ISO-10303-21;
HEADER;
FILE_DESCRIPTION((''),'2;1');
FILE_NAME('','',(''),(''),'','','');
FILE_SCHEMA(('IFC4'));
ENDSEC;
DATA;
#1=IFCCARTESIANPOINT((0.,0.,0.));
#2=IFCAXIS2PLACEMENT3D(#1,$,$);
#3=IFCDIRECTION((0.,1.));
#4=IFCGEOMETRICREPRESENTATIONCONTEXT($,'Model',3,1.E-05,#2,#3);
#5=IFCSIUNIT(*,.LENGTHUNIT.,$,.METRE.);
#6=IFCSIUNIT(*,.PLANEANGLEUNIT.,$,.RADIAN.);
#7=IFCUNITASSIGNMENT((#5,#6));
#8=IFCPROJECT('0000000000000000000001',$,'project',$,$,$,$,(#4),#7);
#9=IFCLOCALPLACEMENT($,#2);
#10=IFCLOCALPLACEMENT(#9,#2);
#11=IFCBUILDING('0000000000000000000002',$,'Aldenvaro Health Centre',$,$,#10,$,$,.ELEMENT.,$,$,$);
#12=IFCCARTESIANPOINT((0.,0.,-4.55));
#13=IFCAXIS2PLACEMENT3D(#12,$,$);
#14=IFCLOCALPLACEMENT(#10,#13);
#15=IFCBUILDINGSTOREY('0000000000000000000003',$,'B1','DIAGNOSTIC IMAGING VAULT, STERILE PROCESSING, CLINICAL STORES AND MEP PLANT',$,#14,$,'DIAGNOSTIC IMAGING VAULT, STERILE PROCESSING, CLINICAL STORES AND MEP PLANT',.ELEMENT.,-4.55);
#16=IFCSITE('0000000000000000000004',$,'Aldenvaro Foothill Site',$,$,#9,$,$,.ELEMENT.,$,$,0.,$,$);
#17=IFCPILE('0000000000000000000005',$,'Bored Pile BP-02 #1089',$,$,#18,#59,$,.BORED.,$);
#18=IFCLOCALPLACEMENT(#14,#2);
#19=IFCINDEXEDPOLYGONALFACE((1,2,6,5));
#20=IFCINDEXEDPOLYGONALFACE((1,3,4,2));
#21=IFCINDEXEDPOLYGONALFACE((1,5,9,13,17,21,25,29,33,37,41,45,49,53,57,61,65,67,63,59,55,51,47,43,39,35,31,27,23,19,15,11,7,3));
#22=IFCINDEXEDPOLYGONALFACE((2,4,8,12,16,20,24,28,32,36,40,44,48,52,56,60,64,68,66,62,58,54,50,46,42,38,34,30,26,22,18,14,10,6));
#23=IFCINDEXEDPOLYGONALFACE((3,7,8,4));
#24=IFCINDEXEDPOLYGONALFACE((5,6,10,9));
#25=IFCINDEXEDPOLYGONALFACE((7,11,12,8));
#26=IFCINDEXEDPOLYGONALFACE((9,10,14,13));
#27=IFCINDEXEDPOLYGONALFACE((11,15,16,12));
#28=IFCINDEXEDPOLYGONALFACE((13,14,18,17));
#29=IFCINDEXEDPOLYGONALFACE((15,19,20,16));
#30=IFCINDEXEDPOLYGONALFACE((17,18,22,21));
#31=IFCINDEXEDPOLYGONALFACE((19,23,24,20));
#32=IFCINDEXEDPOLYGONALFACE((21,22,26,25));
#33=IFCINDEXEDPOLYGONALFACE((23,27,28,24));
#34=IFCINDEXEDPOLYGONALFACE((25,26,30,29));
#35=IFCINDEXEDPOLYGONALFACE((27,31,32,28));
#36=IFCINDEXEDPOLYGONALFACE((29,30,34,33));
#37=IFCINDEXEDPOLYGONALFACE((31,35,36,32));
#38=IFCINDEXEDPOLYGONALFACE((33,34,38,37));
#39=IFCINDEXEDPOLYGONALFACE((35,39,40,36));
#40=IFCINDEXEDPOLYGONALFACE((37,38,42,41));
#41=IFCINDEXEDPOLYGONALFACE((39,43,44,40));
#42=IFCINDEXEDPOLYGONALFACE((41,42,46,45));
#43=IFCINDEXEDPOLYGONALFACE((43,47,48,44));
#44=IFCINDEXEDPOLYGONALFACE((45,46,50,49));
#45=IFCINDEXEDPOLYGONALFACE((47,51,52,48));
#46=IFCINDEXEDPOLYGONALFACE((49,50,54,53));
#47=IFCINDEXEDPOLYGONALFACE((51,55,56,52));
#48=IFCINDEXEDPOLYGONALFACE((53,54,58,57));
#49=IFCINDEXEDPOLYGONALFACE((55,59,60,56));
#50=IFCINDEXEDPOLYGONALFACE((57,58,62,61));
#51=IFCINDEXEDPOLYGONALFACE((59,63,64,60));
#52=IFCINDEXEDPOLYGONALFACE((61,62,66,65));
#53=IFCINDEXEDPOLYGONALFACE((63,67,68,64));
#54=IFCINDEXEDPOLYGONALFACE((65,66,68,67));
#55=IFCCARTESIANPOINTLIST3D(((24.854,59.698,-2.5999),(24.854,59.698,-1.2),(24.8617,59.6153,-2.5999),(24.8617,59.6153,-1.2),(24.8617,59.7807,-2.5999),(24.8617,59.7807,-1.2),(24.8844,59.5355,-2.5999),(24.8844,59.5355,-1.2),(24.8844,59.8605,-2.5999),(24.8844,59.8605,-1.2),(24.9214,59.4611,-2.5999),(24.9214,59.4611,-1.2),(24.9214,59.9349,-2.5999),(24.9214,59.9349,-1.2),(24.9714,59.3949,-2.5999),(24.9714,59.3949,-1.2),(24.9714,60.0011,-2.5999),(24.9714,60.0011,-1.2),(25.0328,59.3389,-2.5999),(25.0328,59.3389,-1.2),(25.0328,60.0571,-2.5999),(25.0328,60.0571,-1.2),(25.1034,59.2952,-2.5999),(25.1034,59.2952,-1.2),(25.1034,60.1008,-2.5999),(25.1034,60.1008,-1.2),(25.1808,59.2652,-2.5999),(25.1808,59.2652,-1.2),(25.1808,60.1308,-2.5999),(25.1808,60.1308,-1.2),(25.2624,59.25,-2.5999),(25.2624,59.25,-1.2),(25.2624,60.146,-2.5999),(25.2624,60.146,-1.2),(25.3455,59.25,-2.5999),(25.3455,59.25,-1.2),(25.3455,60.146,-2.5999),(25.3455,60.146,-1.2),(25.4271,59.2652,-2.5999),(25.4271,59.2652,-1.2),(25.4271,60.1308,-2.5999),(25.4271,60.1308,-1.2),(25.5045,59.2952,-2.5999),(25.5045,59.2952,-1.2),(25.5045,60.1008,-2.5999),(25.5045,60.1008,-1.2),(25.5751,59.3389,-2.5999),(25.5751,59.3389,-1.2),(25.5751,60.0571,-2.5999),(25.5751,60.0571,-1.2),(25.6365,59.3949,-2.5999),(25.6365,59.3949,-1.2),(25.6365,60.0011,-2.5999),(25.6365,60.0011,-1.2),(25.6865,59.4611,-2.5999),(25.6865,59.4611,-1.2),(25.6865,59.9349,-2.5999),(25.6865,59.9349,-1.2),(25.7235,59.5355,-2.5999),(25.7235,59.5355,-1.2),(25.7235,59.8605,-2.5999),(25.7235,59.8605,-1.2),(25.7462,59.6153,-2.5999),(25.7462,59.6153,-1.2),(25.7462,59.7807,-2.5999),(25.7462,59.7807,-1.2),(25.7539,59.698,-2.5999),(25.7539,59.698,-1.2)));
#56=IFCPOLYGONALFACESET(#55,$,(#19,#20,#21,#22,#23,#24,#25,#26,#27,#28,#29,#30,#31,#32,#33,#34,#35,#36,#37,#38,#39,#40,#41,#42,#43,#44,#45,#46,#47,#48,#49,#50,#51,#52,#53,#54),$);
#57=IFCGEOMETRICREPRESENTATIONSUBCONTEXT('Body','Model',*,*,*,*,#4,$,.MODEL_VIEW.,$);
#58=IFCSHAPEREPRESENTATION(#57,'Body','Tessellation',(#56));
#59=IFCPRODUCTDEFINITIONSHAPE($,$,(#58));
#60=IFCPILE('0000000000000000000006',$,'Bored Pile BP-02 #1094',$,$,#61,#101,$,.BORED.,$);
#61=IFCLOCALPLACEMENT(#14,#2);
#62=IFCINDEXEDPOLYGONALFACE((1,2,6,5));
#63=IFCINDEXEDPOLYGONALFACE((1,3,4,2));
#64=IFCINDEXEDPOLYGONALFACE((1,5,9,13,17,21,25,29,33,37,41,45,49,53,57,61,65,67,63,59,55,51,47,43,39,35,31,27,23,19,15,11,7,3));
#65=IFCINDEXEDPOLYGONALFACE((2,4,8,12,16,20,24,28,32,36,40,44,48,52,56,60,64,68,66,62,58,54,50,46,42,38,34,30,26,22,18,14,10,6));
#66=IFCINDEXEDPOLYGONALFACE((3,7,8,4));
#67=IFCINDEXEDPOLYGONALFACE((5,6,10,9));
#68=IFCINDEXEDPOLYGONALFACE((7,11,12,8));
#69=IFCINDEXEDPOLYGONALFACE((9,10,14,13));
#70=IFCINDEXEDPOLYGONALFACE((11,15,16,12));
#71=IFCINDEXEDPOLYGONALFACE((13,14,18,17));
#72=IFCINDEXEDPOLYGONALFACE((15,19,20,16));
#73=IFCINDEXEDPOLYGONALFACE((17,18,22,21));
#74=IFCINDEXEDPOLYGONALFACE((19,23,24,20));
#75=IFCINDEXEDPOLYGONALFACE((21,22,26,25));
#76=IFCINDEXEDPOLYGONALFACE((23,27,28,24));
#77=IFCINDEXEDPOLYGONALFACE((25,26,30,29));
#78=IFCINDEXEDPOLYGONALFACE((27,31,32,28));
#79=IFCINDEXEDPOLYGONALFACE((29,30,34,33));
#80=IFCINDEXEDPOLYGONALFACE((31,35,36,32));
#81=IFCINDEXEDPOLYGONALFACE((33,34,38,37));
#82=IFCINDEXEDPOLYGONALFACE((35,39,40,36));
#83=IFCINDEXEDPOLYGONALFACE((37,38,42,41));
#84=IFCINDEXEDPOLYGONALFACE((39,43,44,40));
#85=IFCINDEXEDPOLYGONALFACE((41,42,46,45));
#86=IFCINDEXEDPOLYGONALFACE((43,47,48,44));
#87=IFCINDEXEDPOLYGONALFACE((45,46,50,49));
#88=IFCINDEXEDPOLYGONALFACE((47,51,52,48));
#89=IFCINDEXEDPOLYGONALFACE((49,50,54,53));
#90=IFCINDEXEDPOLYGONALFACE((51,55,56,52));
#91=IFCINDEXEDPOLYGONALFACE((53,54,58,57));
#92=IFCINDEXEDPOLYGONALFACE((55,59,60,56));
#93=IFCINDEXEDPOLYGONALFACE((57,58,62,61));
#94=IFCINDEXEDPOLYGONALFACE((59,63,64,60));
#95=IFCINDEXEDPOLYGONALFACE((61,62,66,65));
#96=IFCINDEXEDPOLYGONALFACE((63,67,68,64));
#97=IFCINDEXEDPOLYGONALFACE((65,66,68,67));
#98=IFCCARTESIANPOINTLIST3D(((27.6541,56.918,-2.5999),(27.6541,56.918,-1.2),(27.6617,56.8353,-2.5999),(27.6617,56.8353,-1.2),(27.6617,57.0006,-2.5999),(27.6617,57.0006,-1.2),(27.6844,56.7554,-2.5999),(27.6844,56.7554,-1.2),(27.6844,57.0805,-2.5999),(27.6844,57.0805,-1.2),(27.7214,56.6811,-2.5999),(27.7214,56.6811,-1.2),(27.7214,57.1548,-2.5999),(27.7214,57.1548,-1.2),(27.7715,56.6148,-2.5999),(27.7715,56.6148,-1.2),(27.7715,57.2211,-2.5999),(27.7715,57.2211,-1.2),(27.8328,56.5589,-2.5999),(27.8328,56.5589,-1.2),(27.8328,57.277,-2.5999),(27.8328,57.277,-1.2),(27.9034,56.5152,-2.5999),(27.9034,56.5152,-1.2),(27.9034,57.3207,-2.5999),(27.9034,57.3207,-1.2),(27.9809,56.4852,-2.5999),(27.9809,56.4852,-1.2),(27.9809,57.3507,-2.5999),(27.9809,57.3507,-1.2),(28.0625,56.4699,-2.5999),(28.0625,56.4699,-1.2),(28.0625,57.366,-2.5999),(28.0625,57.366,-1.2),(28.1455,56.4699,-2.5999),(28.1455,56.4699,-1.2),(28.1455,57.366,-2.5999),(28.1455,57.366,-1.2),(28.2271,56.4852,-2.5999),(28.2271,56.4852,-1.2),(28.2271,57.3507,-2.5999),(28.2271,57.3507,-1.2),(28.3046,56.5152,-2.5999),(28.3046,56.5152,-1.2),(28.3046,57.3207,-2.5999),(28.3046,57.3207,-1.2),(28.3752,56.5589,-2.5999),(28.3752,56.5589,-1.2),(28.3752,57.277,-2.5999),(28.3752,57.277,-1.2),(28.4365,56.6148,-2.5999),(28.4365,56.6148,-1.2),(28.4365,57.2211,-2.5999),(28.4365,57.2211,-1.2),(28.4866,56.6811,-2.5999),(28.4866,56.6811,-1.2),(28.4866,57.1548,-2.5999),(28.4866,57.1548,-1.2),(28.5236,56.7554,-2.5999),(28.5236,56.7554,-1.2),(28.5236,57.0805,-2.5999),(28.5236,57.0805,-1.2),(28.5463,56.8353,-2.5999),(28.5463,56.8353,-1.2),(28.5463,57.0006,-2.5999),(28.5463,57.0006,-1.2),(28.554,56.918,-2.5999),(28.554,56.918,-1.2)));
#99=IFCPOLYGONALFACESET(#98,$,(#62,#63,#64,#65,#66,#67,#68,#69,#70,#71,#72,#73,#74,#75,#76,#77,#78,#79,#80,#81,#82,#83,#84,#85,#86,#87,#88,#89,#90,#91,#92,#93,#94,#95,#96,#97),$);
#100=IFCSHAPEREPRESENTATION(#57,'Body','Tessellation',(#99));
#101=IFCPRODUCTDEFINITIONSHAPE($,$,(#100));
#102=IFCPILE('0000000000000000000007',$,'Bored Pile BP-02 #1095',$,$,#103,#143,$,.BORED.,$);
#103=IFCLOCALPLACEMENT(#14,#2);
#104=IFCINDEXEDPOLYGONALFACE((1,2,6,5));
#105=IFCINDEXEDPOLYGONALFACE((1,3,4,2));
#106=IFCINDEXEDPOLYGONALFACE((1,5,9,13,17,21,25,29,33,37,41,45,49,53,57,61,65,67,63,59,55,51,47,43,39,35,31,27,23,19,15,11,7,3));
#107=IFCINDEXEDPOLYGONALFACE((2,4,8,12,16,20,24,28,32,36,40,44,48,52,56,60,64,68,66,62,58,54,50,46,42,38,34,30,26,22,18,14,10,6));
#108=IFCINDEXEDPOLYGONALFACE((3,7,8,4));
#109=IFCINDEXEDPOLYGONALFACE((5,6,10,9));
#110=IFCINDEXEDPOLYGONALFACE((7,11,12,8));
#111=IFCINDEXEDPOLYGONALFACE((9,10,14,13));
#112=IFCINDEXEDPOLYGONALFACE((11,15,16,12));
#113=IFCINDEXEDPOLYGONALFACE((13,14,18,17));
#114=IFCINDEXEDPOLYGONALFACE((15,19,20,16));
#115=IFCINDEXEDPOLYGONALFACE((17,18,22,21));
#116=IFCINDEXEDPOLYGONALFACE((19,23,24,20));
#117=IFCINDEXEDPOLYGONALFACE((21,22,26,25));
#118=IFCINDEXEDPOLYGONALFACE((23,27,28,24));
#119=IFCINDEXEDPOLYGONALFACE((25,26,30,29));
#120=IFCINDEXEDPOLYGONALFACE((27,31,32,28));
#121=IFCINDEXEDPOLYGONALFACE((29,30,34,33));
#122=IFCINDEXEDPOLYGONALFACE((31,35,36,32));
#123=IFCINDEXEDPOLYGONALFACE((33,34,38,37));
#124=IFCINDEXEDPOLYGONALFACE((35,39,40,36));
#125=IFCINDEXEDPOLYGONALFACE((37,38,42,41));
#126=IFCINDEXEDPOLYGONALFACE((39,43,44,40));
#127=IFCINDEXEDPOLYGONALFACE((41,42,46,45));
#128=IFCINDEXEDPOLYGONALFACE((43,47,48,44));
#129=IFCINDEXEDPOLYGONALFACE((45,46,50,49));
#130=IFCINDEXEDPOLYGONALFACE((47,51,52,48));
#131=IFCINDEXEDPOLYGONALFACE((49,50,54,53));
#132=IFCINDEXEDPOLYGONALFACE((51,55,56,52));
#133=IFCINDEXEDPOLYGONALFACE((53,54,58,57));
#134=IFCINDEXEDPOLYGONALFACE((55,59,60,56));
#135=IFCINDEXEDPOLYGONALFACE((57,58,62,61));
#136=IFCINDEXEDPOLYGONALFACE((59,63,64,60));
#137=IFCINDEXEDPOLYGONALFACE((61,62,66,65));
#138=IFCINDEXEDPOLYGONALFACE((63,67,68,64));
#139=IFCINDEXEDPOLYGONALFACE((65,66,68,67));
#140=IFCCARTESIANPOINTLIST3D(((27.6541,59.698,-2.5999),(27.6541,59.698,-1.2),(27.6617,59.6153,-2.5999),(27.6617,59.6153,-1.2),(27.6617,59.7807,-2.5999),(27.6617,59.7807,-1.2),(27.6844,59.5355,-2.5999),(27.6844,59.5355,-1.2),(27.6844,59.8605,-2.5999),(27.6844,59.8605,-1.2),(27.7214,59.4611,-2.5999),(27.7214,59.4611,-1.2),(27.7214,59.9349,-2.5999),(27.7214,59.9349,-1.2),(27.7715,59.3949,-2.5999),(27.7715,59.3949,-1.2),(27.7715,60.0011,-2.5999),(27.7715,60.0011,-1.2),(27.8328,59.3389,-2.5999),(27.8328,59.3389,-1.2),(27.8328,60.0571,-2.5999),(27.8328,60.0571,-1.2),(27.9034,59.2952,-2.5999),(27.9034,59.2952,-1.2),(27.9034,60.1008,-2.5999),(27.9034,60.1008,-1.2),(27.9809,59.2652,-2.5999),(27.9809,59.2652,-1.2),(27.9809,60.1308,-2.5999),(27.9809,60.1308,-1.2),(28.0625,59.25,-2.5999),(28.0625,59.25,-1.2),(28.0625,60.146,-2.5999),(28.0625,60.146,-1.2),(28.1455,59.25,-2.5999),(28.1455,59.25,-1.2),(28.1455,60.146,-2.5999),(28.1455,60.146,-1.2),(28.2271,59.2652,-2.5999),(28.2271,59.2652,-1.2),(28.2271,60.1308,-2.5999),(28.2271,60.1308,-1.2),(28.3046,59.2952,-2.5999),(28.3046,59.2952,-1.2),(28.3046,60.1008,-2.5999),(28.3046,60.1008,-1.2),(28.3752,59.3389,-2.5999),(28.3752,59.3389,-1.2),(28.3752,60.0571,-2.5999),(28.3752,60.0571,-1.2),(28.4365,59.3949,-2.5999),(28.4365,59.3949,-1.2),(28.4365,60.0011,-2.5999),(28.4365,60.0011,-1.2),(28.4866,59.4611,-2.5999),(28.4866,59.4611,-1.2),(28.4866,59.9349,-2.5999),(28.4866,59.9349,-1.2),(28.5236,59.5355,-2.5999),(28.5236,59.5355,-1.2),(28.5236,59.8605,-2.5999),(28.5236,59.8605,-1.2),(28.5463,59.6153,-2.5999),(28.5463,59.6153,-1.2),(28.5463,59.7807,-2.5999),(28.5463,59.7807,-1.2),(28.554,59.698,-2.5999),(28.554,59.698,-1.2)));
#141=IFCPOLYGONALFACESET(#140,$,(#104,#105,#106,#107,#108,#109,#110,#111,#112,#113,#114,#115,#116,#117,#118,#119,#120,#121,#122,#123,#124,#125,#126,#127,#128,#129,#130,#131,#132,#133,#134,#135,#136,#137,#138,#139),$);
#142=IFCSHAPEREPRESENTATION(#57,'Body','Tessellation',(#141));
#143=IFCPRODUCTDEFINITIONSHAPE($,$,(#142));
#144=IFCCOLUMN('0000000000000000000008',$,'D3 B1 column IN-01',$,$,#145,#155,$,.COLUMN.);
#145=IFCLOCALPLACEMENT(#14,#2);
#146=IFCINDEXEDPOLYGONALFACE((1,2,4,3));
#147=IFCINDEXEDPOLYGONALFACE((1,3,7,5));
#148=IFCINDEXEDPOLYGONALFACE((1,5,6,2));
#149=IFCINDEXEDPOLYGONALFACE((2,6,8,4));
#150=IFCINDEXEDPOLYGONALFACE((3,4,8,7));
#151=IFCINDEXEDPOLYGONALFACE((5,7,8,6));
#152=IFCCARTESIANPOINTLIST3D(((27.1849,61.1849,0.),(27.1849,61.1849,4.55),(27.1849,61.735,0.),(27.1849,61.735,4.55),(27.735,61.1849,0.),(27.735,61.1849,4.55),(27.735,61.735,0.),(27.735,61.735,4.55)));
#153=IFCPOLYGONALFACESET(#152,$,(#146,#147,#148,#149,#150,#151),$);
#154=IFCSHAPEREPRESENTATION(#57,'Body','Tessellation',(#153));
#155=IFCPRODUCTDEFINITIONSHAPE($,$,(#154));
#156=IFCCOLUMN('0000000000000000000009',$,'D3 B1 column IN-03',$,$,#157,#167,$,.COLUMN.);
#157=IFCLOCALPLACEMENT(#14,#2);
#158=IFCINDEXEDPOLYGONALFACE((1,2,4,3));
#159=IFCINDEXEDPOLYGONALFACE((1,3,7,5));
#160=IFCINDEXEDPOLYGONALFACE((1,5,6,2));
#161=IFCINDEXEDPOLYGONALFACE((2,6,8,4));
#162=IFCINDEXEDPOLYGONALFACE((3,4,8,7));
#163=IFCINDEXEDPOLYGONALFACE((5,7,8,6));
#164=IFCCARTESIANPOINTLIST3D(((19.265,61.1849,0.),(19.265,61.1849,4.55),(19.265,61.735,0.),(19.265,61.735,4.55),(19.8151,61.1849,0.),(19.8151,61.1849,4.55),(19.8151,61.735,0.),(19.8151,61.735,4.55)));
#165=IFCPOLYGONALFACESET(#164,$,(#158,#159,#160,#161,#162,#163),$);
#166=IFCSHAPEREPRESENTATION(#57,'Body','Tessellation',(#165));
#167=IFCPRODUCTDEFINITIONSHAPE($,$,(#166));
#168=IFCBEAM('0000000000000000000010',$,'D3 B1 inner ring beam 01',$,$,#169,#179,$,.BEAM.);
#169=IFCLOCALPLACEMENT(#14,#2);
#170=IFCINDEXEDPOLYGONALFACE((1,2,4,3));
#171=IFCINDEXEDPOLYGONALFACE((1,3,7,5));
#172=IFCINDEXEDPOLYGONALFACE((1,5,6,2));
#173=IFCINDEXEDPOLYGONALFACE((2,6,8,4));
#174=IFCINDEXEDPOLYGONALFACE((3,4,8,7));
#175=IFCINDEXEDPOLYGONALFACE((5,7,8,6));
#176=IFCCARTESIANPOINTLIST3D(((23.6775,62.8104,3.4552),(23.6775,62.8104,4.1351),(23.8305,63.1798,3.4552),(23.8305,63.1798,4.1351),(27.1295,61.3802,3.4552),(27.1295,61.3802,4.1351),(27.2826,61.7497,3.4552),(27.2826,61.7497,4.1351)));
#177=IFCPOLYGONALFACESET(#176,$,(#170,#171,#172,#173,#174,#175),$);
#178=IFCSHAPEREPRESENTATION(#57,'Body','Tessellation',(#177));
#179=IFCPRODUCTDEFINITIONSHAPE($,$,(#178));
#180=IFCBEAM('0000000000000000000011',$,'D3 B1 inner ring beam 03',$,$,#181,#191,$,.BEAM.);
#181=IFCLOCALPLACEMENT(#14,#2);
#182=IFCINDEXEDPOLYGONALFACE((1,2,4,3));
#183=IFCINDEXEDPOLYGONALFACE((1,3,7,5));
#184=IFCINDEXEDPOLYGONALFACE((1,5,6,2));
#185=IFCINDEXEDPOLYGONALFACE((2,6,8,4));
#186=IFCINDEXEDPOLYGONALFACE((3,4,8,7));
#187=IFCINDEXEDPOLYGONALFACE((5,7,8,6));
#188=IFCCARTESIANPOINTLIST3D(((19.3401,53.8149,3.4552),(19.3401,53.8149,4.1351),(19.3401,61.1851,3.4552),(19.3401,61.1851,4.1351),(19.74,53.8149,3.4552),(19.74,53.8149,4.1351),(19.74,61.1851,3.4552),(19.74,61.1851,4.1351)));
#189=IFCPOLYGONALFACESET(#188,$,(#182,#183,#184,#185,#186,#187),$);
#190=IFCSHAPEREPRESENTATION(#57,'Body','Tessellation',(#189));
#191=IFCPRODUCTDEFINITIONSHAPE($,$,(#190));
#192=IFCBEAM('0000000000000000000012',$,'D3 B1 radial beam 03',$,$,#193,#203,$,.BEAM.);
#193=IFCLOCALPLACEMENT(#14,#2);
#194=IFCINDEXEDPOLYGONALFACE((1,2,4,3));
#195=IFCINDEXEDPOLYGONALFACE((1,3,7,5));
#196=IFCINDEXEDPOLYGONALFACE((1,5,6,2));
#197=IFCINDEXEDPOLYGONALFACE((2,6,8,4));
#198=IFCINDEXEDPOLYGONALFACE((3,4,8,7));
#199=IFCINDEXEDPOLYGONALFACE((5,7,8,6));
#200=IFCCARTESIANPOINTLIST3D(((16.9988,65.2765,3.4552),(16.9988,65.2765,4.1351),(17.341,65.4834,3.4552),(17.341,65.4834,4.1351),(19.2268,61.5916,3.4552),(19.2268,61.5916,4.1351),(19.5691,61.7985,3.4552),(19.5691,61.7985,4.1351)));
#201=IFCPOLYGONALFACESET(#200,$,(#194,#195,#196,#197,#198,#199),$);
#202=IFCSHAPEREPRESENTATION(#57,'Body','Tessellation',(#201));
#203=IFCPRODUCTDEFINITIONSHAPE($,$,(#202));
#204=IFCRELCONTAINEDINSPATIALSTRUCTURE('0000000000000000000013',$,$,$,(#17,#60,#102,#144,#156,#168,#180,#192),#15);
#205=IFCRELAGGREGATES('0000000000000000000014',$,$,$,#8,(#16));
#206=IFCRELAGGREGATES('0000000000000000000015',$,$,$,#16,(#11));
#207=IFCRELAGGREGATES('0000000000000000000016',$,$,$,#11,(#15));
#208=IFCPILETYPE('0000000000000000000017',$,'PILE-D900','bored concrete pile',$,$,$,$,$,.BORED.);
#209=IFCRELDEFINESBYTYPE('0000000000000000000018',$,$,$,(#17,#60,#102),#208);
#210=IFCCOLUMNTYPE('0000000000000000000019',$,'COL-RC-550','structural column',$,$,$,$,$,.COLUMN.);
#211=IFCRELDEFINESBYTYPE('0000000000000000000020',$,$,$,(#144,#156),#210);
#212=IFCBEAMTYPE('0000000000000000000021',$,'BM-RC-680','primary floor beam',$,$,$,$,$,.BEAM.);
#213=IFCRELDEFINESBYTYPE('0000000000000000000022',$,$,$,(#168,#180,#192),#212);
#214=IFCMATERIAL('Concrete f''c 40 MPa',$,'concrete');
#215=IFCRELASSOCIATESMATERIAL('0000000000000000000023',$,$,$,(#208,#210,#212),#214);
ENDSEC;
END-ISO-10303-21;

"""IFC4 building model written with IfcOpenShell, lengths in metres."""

from ifc_helpers import new_model, si_unit, direction, frame, origin, origin_2d, place, context, subcontext, project, spatial, rectangle, circle, extrude, material, material_profile, profile_set, type_object, element, save


model = new_model("IFC4")

# Units and contexts
model_context = context("Model", 3, precision=1e-05, world=origin(), true_north=direction((0.0, 1.0)))
body_context = subcontext(model_context, "Body", "Model", "MODEL_VIEW")
ifc_project = project(units=[si_unit("LENGTHUNIT", "METRE"), si_unit("PLANEANGLEUNIT", "RADIAN")], contexts=[model_context])

# Site, building, storey
site_placement = place(None, origin())
site = spatial("IfcSite", under=ifc_project, at=site_placement, Name="Aldenvaro Foothill Site", CompositionType="ELEMENT", RefElevation=0.0)
building_placement = place(site_placement, origin())
building = spatial("IfcBuilding", under=site, at=building_placement, Name="Aldenvaro Health Centre", CompositionType="ELEMENT")
storey_placement = place(building_placement, frame((0.0, 0.0, -4.55)))
storey = spatial("IfcBuildingStorey", under=building, at=storey_placement, Name="B1", Description="DIAGNOSTIC IMAGING VAULT, STERILE PROCESSING, CLINICAL STORES AND MEP PLANT", LongName="DIAGNOSTIC IMAGING VAULT, STERILE PROCESSING, CLINICAL STORES AND MEP PLANT", CompositionType="ELEMENT", Elevation=-4.55)

# Piles
ifc_material_1 = material(Name="Concrete f'c 40 MPa", Category="concrete")
ifc_material_profile_1 = material_profile(ifc_material_1, circle(Radius=0.45, at=origin_2d()), Name="PILE D900", Category="concrete")
ifc_profile_set_1 = profile_set([ifc_material_profile_1], Name="Concrete f'c 40 MPa")
pile_type_1 = type_object("IfcPileType", Name="PILE-D900", Description="bored concrete pile", PredefinedType="BORED", material=ifc_profile_set_1)
for number, where, z_axis, x_axis, name in (
    (1, (25.304, 59.698, -1.2), (0.0, 0.0, -1.0), (1.0, 0.0, 0.0), "Bored Pile BP-02 #1089"),
    (2, (28.104, 56.918, -1.2), (0.0, 0.0, -1.0), (1.0, 0.0, 0.0), "Bored Pile BP-02 #1094"),
    (3, (28.104, 59.698, -1.2), (0.0, 0.0, -1.0), (1.0, 0.0, 0.0), "Bored Pile BP-02 #1095"),
):
    element("IfcPile", number, at=place(storey_placement, frame(where, z_axis=z_axis, x_axis=x_axis)), inside=storey, type_object=pile_type_1, Name=name, PredefinedType="BORED", context=body_context, shape_type="SweptSolid", body=[
        extrude(circle(Radius=0.45, at=origin_2d()), origin(), (0.0, 0.0, 1.0), 1.3999),
    ])

# Columns
ifc_material_profile_2 = material_profile(ifc_material_1, rectangle(XDim=0.55, YDim=0.55, at=origin_2d()), Name="RC 550x550", Category="concrete")
ifc_profile_set_2 = profile_set([ifc_material_profile_2], Name="Concrete f'c 40 MPa")
column_type = type_object("IfcColumnType", Name="COL-RC-550", Description="structural column", PredefinedType="COLUMN", material=ifc_profile_set_2)
for number, where, z_axis, x_axis, name in (
    (4, (27.46, 61.46, 0.0), (0.0, 0.0, 1.0), (1.0, 0.0, 0.0), "D3 B1 column IN-01"),
    (5, (19.54, 61.46, 0.0), (0.0, 0.0, 1.0), (1.0, 0.0, 0.0), "D3 B1 column IN-03"),
):
    element("IfcColumn", number, at=place(storey_placement, frame(where, z_axis=z_axis, x_axis=x_axis)), inside=storey, type_object=column_type, Name=name, PredefinedType="COLUMN", context=body_context, shape_type="SweptSolid", body=[
        extrude(rectangle(XDim=0.55, YDim=0.55, at=origin_2d()), origin(), (0.0, 0.0, 1.0), 4.55),
    ])

# Beams
ifc_material_profile_3 = material_profile(ifc_material_1, rectangle(XDim=0.3999, YDim=0.6799, at=origin_2d()), Name="RC 400x680", Category="concrete")
ifc_profile_set_3 = profile_set([ifc_material_profile_3], Name="Concrete f'c 40 MPa")
beam_type = type_object("IfcBeamType", Name="BM-RC-680", Description="primary floor beam", PredefinedType="BEAM", material=ifc_profile_set_3)
beam_1_placement = place(storey_placement, frame((27.2061, 61.5649, 3.7952), z_axis=(-0.923856, 0.38274, 0.0), x_axis=(-0.38274, -0.923856, 0.0)))
element("IfcBeam", 6, at=beam_1_placement, inside=storey, type_object=beam_type, Name="D3 B1 inner ring beam 01", PredefinedType="BEAM", context=body_context, shape_type="SweptSolid", body=[
    extrude(rectangle(XDim=0.3999, YDim=0.6799, at=origin_2d()), origin(), (0.0, 0.0, 1.0), 3.7366),
])
beam_2_placement = place(storey_placement, frame((19.54, 61.1851, 3.7952), z_axis=(0.0, -1.0, 0.0), x_axis=(1.0, 0.0, 0.0)))
element("IfcBeam", 7, at=beam_2_placement, inside=storey, type_object=beam_type, Name="D3 B1 inner ring beam 03", PredefinedType="BEAM", context=body_context, shape_type="SweptSolid", body=[
    extrude(rectangle(XDim=0.3999, YDim=0.6799, at=origin_2d()), origin(), (0.0, 0.0, 1.0), 7.3701),
])
beam_3_placement = place(storey_placement, frame((19.3979, 61.6951, 3.7952), z_axis=(-0.517419, 0.855732, 0.0), x_axis=(-0.855732, -0.517419, 0.0)))
element("IfcBeam", 8, at=beam_3_placement, inside=storey, type_object=beam_type, Name="D3 B1 radial beam 03", PredefinedType="BEAM", context=body_context, shape_type="SweptSolid", body=[
    extrude(rectangle(XDim=0.3999, YDim=0.6799, at=origin_2d()), origin(), (0.0, 0.0, 1.0), 4.3062),
])

save(model, "model.ifc")
